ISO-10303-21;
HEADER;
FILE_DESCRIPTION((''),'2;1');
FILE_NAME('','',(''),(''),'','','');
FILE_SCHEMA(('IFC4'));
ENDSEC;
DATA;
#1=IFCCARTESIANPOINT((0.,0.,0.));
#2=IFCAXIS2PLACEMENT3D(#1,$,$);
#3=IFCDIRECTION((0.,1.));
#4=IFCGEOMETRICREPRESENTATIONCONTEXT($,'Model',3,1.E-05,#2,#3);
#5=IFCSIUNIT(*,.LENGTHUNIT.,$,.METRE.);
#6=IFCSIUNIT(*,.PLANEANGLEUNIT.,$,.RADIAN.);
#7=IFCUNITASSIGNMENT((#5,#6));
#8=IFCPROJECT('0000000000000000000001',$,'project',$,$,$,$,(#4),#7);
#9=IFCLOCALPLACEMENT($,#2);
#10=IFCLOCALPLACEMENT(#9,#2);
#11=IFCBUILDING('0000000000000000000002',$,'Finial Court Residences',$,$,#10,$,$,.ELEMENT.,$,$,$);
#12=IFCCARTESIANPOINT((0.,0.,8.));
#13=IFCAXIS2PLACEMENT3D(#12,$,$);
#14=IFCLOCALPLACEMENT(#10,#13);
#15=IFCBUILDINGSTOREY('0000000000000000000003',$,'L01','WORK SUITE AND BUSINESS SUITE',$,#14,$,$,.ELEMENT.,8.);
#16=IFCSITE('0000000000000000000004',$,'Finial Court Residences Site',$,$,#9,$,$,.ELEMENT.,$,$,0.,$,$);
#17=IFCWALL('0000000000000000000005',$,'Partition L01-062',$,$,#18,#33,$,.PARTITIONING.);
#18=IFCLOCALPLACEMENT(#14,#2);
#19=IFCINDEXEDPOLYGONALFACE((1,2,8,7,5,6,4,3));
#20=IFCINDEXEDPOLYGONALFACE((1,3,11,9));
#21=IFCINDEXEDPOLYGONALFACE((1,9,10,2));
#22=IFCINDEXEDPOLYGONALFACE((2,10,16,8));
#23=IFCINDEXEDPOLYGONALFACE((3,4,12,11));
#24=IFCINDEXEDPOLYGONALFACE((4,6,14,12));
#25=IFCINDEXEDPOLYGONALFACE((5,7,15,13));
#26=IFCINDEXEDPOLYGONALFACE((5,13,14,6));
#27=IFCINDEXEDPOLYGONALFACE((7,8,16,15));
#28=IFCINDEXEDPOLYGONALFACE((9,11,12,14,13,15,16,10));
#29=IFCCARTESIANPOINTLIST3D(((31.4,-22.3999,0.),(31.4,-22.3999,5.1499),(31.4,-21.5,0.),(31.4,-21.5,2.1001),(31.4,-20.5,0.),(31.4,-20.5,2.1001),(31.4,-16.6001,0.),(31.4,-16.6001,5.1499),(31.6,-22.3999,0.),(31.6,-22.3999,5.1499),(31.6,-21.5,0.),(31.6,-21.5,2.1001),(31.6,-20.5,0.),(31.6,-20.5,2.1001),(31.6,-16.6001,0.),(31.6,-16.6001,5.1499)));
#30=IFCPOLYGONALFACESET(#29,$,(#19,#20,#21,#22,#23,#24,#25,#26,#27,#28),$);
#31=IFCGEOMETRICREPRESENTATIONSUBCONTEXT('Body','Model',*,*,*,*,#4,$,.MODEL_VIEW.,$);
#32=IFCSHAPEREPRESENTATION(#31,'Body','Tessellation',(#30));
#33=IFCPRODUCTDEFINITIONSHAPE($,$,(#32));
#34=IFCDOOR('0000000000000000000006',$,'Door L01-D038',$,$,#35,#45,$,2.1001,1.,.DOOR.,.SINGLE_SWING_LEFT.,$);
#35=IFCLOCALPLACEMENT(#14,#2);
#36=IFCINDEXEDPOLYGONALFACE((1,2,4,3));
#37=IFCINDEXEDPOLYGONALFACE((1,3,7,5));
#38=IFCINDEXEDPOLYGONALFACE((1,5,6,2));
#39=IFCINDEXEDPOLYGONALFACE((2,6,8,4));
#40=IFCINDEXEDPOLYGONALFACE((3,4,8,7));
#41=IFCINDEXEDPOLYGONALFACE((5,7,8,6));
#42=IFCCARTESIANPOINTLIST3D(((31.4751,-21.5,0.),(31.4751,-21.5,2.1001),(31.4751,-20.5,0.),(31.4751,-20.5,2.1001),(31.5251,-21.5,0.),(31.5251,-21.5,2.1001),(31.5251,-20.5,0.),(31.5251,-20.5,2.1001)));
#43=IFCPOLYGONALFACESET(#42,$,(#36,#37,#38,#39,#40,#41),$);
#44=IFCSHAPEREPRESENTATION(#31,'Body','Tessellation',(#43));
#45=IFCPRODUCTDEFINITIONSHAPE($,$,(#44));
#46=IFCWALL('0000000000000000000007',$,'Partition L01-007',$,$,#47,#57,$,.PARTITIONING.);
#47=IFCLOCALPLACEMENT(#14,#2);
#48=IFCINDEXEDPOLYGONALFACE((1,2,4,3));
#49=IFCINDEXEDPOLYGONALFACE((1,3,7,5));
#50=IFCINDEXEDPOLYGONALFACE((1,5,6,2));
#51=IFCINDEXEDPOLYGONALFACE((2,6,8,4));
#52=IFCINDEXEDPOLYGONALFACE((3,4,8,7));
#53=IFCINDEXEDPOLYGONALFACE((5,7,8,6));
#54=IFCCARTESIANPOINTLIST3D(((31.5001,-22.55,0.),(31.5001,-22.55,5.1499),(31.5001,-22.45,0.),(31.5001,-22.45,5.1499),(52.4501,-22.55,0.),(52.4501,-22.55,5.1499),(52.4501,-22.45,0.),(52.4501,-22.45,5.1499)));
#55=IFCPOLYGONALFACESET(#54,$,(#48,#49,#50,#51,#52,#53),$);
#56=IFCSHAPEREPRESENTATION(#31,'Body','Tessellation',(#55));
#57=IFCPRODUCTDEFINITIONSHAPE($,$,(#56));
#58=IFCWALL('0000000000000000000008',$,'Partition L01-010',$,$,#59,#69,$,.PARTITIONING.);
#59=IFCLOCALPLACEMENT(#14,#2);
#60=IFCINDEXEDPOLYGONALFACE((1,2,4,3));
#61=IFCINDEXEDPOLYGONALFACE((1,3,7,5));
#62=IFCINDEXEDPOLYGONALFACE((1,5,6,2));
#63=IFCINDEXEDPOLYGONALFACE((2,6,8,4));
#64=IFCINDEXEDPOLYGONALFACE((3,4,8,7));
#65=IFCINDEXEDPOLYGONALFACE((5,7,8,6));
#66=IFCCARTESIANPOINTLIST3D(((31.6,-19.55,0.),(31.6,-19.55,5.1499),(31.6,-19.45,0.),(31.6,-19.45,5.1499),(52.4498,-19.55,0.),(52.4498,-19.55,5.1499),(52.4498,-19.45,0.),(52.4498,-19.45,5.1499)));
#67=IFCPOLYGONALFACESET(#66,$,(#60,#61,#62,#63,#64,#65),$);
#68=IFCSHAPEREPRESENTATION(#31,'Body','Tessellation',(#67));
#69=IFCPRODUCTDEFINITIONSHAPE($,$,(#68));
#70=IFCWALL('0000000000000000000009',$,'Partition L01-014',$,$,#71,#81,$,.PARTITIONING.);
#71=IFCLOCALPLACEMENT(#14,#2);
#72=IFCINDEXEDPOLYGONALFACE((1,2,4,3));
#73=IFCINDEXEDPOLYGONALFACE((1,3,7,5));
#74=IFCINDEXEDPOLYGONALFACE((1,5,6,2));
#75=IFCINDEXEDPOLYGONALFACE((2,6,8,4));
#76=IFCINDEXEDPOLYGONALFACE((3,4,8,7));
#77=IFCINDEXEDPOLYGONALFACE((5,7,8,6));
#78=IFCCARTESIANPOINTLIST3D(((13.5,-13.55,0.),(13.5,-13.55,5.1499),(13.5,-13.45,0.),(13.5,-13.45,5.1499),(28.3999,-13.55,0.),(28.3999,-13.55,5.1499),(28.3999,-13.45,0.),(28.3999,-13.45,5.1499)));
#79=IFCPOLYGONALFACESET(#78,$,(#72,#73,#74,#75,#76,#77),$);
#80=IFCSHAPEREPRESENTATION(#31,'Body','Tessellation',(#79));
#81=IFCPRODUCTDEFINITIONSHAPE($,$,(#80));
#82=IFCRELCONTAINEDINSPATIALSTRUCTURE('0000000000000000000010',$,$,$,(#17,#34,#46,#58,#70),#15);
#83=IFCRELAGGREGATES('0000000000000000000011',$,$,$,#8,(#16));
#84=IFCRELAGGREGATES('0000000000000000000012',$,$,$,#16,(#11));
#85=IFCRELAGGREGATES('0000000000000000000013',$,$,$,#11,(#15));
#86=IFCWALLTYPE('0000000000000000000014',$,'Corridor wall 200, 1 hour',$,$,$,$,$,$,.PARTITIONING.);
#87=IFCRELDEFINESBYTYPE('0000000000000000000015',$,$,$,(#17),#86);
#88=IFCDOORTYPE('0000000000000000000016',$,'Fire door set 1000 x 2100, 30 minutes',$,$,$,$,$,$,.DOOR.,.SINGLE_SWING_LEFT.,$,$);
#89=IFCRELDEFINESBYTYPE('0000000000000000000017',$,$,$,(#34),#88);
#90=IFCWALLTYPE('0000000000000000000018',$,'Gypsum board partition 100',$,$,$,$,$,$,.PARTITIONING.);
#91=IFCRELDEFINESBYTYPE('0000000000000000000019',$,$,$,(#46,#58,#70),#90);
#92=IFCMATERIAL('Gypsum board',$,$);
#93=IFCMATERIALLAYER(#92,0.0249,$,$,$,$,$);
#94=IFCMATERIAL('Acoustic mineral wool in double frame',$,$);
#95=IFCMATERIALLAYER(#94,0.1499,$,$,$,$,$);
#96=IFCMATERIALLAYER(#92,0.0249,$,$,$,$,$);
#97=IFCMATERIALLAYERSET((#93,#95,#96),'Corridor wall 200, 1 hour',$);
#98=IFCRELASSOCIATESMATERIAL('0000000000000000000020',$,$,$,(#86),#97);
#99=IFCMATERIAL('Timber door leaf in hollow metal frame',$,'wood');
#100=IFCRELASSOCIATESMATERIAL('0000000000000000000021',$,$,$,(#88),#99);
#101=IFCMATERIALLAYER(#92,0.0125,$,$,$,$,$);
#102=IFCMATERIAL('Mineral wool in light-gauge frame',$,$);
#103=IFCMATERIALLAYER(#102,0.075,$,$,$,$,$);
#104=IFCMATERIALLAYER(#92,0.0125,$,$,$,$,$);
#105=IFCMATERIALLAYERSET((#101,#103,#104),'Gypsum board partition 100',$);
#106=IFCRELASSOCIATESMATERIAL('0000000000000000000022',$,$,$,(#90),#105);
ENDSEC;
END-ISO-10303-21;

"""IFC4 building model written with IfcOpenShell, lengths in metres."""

from ifc_helpers import new_model, si_unit, direction, frame, frame_2d, origin, place, context, subcontext, project, spatial, rectangle, extrude, material, layer, layer_set, type_object, element, fill, save


model = new_model("IFC4")

# Units and contexts
model_context = context("Model", 3, precision=1e-05, world=origin(), true_north=direction((0.0, 1.0)))
body_context = subcontext(model_context, "Body", "Model", "MODEL_VIEW")
ifc_project = project(units=[si_unit("LENGTHUNIT", "METRE"), si_unit("PLANEANGLEUNIT", "RADIAN")], contexts=[model_context])

# Site, building, storey
site_placement = place(None, origin())
site = spatial("IfcSite", under=ifc_project, at=site_placement, Name="Finial Court Residences Site", CompositionType="ELEMENT", RefElevation=0.0)
building_placement = place(site_placement, origin())
building = spatial("IfcBuilding", under=site, at=building_placement, Name="Finial Court Residences", CompositionType="ELEMENT")
storey_placement = place(building_placement, frame((0.0, 0.0, 8.0)))
storey = spatial("IfcBuildingStorey", under=building, at=storey_placement, Name="L01", Description="WORK SUITE AND BUSINESS SUITE", CompositionType="ELEMENT", Elevation=8.0)

# Shared definitions
ifc_material_1 = material(Name="Gypsum board")
ifc_layer_1 = layer(ifc_material_1, 0.0249)
ifc_material_2 = material(Name="Acoustic mineral wool in double frame")
ifc_layer_2 = layer(ifc_material_2, 0.1499)
ifc_layer_3 = layer(ifc_material_1, 0.0249)
ifc_layer_set_1 = layer_set([ifc_layer_1, ifc_layer_2, ifc_layer_3], Name="Corridor wall 200, 1 hour")
wall_type_1 = type_object("IfcWallType", Name="Corridor wall 200, 1 hour", PredefinedType="PARTITIONING", material=ifc_layer_set_1)
ifc_material_3 = material(Name="Timber door leaf in hollow metal frame", Category="wood")
door_type = type_object("IfcDoorType", Name="Fire door set 1000 x 2100, 30 minutes", OperationType="SINGLE_SWING_LEFT", PredefinedType="DOOR", material=ifc_material_3)

# Wall, opening, door
wall_1_placement = place(storey_placement, frame((31.5, -22.3999, 0.0), z_axis=(0.0, 0.0, 1.0), x_axis=(0.0, 1.0, 0.0)))
wall_1 = element("IfcWall", 1, at=wall_1_placement, inside=storey, type_object=wall_type_1, Name="Partition L01-062", PredefinedType="PARTITIONING", context=body_context, shape_type="SweptSolid", body=[
    extrude(rectangle(XDim=5.7998, YDim=0.2, at=frame_2d((2.8999, 0.0))), origin(), (0.0, 0.0, 1.0), 5.1499),
])
opening_1_placement = place(wall_1_placement, frame((0.8999, 0.0, 0.0)))
opening_1 = element("IfcOpeningElement", 2, at=opening_1_placement, cuts=wall_1, PredefinedType="OPENING", context=body_context, shape_type="SweptSolid", body=[
    extrude(rectangle(XDim=1.0, YDim=2.1001, at=frame_2d((0.5, 1.05))), frame((0.0, 0.1099, 0.0), z_axis=(0.0, -1.0, 0.0), x_axis=(1.0, 0.0, 0.0)), (0.0, 0.0, 1.0), 0.22),
])
door_1_placement = place(opening_1_placement, origin())
door_1 = element("IfcDoor", 3, at=door_1_placement, inside=storey, type_object=door_type, Name="Door L01-D038", OperationType="SINGLE_SWING_LEFT", OverallHeight=2.1001, OverallWidth=1.0, PredefinedType="DOOR", context=body_context, shape_type="SweptSolid", body=[
    extrude(rectangle(XDim=1.0, YDim=2.1001, at=frame_2d((0.5, 1.05))), frame((0.0, 0.0249, 0.0), z_axis=(0.0, -1.0, 0.0), x_axis=(1.0, 0.0, 0.0)), (0.0, 0.0, 1.0), 0.05),
])
fill(opening_1, door_1)

# Walls
ifc_layer_4 = layer(ifc_material_1, 0.0125)
ifc_material_4 = material(Name="Mineral wool in light-gauge frame")
ifc_layer_5 = layer(ifc_material_4, 0.075)
ifc_layer_6 = layer(ifc_material_1, 0.0125)
ifc_layer_set_2 = layer_set([ifc_layer_4, ifc_layer_5, ifc_layer_6], Name="Gypsum board partition 100")
wall_type_2 = type_object("IfcWallType", Name="Gypsum board partition 100", PredefinedType="PARTITIONING", material=ifc_layer_set_2)
wall_2_placement = place(storey_placement, frame((31.5, -22.5, 0.0), z_axis=(0.0, 0.0, 1.0), x_axis=(1.0, 0.0, 0.0)))
element("IfcWall", 4, at=wall_2_placement, inside=storey, type_object=wall_type_2, Name="Partition L01-007", PredefinedType="PARTITIONING", context=body_context, shape_type="SweptSolid", body=[
    extrude(rectangle(XDim=20.95, YDim=0.1001, at=frame_2d((10.4751, 0.0))), origin(), (0.0, 0.0, 1.0), 5.1499),
])
wall_3_placement = place(storey_placement, frame((31.6001, -19.5, 0.0), z_axis=(0.0, 0.0, 1.0), x_axis=(1.0, 0.0, 0.0)))
element("IfcWall", 5, at=wall_3_placement, inside=storey, type_object=wall_type_2, Name="Partition L01-010", PredefinedType="PARTITIONING", context=body_context, shape_type="SweptSolid", body=[
    extrude(rectangle(XDim=20.8499, YDim=0.1001, at=frame_2d((10.4248, 0.0))), origin(), (0.0, 0.0, 1.0), 5.1499),
])
wall_4_placement = place(storey_placement, frame((13.5, -13.5, 0.0), z_axis=(0.0, 0.0, 1.0), x_axis=(1.0, 0.0, 0.0)))
element("IfcWall", 6, at=wall_4_placement, inside=storey, type_object=wall_type_2, Name="Partition L01-014", PredefinedType="PARTITIONING", context=body_context, shape_type="SweptSolid", body=[
    extrude(rectangle(XDim=14.8999, YDim=0.1001, at=frame_2d((7.45, 0.0))), origin(), (0.0, 0.0, 1.0), 5.1499),
])

save(model, "model.ifc")
